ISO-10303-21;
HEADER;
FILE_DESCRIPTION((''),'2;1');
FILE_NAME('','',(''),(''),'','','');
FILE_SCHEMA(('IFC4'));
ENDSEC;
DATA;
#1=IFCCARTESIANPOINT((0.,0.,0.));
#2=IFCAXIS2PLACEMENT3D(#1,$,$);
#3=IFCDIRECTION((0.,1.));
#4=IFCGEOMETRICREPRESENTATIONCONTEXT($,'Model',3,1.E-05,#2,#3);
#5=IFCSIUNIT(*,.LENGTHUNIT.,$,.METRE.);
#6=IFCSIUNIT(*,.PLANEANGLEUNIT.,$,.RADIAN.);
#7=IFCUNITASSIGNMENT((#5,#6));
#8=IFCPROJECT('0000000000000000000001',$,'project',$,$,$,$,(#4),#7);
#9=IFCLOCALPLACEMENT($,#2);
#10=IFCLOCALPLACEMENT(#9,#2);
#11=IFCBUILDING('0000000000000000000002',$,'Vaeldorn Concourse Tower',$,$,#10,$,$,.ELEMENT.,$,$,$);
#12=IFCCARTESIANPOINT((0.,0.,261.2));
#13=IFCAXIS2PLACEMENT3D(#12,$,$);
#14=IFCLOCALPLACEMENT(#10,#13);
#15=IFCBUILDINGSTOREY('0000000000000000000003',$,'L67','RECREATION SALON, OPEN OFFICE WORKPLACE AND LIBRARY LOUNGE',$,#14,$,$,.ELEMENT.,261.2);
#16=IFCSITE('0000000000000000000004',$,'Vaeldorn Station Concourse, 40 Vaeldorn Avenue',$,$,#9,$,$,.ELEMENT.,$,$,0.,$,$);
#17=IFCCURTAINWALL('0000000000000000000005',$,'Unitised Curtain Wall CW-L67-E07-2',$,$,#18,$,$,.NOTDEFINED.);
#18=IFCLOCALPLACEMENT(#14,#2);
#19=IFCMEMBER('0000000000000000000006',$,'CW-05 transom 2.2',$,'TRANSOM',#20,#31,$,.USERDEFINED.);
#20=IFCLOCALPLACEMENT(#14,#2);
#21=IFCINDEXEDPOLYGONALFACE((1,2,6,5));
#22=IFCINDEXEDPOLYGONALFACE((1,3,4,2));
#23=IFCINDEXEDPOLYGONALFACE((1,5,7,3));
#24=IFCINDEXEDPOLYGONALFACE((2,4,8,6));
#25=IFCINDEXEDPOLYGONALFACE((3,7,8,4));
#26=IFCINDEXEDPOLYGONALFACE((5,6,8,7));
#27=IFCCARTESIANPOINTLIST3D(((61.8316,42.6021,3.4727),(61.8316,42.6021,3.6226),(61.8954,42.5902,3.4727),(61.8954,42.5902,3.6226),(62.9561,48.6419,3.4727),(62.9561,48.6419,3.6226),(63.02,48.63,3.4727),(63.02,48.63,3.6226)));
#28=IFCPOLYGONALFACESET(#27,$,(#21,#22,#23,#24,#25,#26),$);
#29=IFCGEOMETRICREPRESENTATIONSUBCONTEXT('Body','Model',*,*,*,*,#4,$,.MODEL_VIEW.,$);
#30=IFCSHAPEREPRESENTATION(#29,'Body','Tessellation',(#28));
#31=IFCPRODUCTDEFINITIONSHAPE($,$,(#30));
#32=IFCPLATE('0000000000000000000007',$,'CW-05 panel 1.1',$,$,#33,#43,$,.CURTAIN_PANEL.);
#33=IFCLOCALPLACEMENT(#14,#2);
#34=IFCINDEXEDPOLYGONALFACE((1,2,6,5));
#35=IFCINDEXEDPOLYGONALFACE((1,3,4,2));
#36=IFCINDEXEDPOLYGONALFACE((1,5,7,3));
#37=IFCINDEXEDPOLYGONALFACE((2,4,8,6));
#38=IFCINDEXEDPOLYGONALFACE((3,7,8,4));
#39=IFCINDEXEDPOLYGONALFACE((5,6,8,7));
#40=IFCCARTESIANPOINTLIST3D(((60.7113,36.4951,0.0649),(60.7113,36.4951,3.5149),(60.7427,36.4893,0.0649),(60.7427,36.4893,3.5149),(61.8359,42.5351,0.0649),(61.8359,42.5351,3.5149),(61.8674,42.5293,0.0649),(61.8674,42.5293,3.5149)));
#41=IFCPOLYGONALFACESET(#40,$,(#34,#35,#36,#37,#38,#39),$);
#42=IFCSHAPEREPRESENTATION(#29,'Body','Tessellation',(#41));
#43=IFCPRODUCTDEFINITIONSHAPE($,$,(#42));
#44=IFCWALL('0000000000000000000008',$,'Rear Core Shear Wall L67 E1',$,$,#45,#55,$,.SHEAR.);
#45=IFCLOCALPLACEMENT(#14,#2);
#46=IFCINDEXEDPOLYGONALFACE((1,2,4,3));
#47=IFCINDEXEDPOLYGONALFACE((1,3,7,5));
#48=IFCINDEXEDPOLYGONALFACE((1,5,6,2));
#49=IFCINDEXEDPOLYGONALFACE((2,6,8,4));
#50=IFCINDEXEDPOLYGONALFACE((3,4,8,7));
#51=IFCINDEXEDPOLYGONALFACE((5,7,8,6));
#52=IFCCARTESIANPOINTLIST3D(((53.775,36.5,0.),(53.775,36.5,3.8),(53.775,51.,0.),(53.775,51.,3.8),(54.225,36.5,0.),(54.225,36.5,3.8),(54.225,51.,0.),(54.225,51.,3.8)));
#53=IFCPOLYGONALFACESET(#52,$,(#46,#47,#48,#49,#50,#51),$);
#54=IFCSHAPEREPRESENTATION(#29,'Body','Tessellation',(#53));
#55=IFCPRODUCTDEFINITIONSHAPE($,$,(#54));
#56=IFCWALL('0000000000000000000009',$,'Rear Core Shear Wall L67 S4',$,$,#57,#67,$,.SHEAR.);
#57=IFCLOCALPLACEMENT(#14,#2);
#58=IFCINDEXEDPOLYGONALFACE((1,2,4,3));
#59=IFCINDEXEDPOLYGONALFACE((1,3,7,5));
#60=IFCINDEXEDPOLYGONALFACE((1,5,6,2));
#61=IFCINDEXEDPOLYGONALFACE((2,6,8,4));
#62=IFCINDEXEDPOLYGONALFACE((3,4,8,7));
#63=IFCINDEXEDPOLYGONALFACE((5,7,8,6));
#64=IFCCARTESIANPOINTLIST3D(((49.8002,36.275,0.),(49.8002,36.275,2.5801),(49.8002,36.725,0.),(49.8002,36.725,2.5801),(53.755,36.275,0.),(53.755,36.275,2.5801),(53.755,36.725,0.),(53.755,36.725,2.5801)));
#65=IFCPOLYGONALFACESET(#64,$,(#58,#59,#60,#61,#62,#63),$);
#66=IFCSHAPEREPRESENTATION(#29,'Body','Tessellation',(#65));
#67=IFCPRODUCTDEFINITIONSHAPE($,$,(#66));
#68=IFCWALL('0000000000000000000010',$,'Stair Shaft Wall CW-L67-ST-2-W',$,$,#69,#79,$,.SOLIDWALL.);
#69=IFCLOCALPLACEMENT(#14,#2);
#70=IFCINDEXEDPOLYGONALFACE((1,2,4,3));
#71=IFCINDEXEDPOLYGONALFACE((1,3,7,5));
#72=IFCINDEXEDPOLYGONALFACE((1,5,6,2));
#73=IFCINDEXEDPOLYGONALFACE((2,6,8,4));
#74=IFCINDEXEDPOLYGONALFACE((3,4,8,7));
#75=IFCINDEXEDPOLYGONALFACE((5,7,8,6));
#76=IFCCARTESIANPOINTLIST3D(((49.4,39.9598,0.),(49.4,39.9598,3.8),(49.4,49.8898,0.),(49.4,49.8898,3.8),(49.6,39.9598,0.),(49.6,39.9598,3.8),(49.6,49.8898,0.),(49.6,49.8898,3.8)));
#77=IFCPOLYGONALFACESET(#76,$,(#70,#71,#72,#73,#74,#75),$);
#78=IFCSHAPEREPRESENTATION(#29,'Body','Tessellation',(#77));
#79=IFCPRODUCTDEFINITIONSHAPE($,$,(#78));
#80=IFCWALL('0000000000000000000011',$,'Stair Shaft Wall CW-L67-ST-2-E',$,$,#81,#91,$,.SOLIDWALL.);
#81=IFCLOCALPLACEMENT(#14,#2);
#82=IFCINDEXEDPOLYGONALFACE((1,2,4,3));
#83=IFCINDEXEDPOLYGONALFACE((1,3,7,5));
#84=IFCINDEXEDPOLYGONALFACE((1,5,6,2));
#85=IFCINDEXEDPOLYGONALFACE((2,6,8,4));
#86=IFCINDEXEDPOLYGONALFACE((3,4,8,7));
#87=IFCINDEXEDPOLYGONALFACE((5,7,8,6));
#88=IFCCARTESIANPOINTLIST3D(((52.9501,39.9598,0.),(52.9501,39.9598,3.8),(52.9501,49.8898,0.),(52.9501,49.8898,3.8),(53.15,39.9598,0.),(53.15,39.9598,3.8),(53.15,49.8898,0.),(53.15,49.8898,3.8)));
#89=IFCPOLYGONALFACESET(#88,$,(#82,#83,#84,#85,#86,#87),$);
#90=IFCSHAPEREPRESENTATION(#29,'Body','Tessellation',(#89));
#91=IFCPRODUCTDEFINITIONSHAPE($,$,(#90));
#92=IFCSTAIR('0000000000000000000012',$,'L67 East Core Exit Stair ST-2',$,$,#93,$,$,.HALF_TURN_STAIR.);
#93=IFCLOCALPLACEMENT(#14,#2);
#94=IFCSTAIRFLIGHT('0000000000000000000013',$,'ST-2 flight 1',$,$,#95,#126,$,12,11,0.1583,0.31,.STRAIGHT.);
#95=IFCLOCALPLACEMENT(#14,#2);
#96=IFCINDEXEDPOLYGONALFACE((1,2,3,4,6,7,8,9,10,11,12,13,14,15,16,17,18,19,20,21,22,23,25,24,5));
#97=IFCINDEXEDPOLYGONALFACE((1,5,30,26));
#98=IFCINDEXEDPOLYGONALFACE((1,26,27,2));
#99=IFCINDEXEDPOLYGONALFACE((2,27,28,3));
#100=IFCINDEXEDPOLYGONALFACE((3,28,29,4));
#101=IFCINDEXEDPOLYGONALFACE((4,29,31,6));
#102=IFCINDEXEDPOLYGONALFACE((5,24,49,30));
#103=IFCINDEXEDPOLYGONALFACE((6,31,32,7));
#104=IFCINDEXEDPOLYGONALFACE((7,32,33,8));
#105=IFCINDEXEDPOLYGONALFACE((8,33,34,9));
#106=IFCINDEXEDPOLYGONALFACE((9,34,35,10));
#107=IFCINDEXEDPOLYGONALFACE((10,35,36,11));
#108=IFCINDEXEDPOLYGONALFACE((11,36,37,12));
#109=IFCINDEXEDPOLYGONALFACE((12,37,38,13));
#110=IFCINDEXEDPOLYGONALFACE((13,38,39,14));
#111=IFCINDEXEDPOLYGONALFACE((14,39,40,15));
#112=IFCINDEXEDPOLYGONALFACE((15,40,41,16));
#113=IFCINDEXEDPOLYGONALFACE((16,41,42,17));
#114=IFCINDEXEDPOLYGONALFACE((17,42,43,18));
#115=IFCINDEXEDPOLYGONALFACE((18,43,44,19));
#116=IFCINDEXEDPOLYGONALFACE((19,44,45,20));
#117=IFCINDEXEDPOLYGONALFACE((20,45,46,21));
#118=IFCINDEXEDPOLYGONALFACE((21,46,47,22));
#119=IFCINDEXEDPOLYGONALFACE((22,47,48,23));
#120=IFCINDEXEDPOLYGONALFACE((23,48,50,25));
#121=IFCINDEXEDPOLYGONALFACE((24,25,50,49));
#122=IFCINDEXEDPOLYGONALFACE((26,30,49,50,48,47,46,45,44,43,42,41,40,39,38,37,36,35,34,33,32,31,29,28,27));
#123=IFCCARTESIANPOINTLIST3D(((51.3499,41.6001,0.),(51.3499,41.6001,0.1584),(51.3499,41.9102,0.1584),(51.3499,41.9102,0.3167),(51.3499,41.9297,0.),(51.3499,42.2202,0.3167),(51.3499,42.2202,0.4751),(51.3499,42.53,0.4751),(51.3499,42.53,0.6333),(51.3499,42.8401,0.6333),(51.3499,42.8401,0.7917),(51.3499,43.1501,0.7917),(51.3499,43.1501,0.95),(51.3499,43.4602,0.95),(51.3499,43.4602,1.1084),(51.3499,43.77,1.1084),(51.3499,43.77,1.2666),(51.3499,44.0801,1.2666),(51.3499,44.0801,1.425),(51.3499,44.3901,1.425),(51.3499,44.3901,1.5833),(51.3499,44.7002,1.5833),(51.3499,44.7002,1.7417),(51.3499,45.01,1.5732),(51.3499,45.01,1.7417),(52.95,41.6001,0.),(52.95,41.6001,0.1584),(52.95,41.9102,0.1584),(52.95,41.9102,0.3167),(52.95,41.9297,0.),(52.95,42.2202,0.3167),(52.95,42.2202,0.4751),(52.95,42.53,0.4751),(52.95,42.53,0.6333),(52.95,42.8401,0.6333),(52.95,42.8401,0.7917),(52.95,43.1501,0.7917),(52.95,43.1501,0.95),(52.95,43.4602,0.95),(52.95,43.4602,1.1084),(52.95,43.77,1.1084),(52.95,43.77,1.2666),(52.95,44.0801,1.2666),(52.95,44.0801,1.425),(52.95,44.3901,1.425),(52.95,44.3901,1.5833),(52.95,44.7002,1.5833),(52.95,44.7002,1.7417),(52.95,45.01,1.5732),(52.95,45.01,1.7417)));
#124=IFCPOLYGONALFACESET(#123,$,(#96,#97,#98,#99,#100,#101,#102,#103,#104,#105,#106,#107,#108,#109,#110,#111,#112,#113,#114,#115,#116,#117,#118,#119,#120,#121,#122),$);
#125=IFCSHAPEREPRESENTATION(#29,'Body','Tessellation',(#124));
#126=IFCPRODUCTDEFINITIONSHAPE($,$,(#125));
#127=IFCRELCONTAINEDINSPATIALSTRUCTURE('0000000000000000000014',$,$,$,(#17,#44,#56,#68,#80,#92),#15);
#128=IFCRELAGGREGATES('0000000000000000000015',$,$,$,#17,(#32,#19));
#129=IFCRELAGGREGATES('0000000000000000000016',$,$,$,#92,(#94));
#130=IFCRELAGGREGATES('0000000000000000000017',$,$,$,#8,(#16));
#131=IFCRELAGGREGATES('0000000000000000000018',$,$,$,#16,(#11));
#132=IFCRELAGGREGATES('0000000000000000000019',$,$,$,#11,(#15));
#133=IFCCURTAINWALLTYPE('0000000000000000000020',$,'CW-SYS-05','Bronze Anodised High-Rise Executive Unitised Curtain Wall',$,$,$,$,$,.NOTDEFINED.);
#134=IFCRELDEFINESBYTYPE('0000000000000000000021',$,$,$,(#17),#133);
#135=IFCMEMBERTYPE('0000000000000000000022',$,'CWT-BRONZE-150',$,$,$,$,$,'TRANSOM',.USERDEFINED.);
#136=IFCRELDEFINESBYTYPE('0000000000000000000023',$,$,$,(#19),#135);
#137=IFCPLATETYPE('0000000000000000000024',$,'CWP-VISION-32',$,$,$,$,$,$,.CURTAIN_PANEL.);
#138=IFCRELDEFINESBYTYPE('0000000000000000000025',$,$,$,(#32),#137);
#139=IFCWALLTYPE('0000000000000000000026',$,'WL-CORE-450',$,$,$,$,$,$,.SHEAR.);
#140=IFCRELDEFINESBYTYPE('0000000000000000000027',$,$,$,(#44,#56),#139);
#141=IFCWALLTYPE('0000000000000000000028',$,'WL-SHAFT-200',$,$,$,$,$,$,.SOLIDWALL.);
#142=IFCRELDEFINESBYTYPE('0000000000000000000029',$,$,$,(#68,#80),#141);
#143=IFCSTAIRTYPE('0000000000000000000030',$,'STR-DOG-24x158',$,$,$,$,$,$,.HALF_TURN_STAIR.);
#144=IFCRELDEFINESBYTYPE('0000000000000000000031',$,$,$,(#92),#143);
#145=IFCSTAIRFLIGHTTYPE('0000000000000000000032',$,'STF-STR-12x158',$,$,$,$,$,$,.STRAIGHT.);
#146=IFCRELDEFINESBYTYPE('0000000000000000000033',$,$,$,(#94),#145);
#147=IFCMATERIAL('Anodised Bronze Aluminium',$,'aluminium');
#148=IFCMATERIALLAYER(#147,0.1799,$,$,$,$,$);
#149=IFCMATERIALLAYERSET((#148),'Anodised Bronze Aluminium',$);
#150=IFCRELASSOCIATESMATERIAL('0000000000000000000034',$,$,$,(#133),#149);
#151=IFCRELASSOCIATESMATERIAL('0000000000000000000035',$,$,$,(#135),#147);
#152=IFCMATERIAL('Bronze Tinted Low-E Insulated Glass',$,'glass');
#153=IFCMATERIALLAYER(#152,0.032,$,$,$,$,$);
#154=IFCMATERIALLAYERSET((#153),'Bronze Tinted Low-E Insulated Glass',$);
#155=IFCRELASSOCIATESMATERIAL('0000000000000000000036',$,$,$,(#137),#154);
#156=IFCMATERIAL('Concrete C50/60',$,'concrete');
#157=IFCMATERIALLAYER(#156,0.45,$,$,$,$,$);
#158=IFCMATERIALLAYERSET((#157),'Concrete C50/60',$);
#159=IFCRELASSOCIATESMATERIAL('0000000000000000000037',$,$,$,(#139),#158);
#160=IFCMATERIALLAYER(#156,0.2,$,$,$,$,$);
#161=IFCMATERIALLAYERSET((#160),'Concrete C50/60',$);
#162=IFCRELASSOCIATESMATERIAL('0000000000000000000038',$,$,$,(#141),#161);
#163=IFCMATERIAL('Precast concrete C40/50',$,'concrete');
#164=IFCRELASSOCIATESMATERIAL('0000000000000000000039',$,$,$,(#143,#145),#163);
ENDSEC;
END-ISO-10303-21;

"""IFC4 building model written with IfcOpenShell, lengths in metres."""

from ifc_helpers import new_model, si_unit, direction, frame, frame_2d, origin, origin_2d, place, context, subcontext, project, spatial, polyline, rectangle, outline, extrude, source, transform, mapped, material, layer, layer_set, material_profile, profile_set, type_object, element, aggregate, save


model = new_model("IFC4")

# Units and contexts
model_context = context("Model", 3, precision=1e-05, world=origin(), true_north=direction((0.0, 1.0)))
body_context = subcontext(model_context, "Body", "Model", "MODEL_VIEW")
ifc_project = project(units=[si_unit("LENGTHUNIT", "METRE"), si_unit("PLANEANGLEUNIT", "RADIAN")], contexts=[model_context])

# Site, building, storey
site_placement = place(None, origin())
site = spatial("IfcSite", under=ifc_project, at=site_placement, Name="Vaeldorn Station Concourse, 40 Vaeldorn Avenue", CompositionType="ELEMENT", RefElevation=0.0)
building_placement = place(site_placement, origin())
building = spatial("IfcBuilding", under=site, at=building_placement, Name="Vaeldorn Concourse Tower", CompositionType="ELEMENT")
storey_placement = place(building_placement, frame((0.0, 0.0, 261.2)))
storey = spatial("IfcBuildingStorey", under=building, at=storey_placement, Name="L67", Description="RECREATION SALON, OPEN OFFICE WORKPLACE AND LIBRARY LOUNGE", CompositionType="ELEMENT", Elevation=261.2)

# Shared definitions
ifc_material_1 = material(Name="Concrete C50/60", Category="concrete")

# Curtain wall, member, plate
ifc_material_2 = material(Name="Anodised Bronze Aluminium", Category="aluminium")
ifc_layer_1 = layer(ifc_material_2, 0.1799)
ifc_layer_set_1 = layer_set([ifc_layer_1], Name="Anodised Bronze Aluminium")
curtain_wall_type = type_object("IfcCurtainWallType", Name="CW-SYS-05", Description="Bronze Anodised High-Rise Executive Unitised Curtain Wall", PredefinedType="NOTDEFINED", material=ifc_layer_set_1)
curtain_wall_placement = place(storey_placement, origin())
curtain_wall = element("IfcCurtainWall", 1, at=curtain_wall_placement, inside=storey, type_object=curtain_wall_type, Name="Unitised Curtain Wall CW-L67-E07-2", PredefinedType="NOTDEFINED")
ifc_material_profile_1 = material_profile(ifc_material_2, rectangle(XDim=0.0649, YDim=0.1499, at=origin_2d()), Name="CWT 65x150")
ifc_profile_set_1 = profile_set([ifc_material_profile_1], Name="Anodised Bronze Aluminium")
member_type_1 = type_object("IfcMemberType", Name="CWT-BRONZE-150", ElementType="TRANSOM", PredefinedType="USERDEFINED", material=ifc_profile_set_1)
shared_shape_1 = source(origin(), body_context, "Body", "SweptSolid", [
    extrude(rectangle(XDim=0.0649, YDim=0.1499, at=origin_2d()), origin(), (0.0, 0.0, 1.0), 6.1436),
])
member_1_placement = place(storey_placement, frame((61.8635, 42.5962, 3.5476), z_axis=(0.183038, 0.983106, 0.0), x_axis=(-0.983106, 0.183038, 0.0)))
member_1 = element("IfcMember", 2, at=member_1_placement, type_object=member_type_1, Name="CW-05 transom 2.2", ObjectType="TRANSOM", PredefinedType="USERDEFINED", context=body_context, shape_type="MappedRepresentation", body=[
    mapped(shared_shape_1, transform((0.0, 0.0, 0.0), scale=1.0)),
])
ifc_material_3 = material(Name="Bronze Tinted Low-E Insulated Glass", Category="glass")
ifc_layer_2 = layer(ifc_material_3, 0.032)
ifc_layer_set_2 = layer_set([ifc_layer_2], Name="Bronze Tinted Low-E Insulated Glass")
plate_type = type_object("IfcPlateType", Name="CWP-VISION-32", PredefinedType="CURTAIN_PANEL", material=ifc_layer_set_2)
shared_shape_2 = source(origin(), body_context, "Body", "SweptSolid", [
    extrude(rectangle(XDim=6.1438, YDim=0.032, at=origin_2d()), origin(), (0.0, 0.0, 1.0), 3.45),
])
plate_placement = place(storey_placement, frame((61.2893, 39.5122, 0.0649), z_axis=(0.0, 0.0, 1.0), x_axis=(0.183054, 0.983103, 0.0)))
plate = element("IfcPlate", 3, at=plate_placement, type_object=plate_type, Name="CW-05 panel 1.1", PredefinedType="CURTAIN_PANEL", context=body_context, shape_type="MappedRepresentation", body=[
    mapped(shared_shape_2, transform((0.0, 0.0, 0.0), scale=1.0)),
])
aggregate(curtain_wall, [plate, member_1])

# Walls
ifc_layer_3 = layer(ifc_material_1, 0.45)
ifc_layer_set_3 = layer_set([ifc_layer_3], Name="Concrete C50/60")
wall_type_1 = type_object("IfcWallType", Name="WL-CORE-450", PredefinedType="SHEAR", material=ifc_layer_set_3)
wall_1_placement = place(storey_placement, frame((54.0, 36.5, 0.0), z_axis=(0.0, 0.0, 1.0), x_axis=(0.0, 1.0, 0.0)))
element("IfcWall", 4, at=wall_1_placement, inside=storey, type_object=wall_type_1, Name="Rear Core Shear Wall L67 E1", PredefinedType="SHEAR", context=body_context, shape_type="SweptSolid", body=[
    extrude(rectangle(XDim=14.5, YDim=0.45, at=frame_2d((7.25, 0.0))), origin(), (0.0, 0.0, 1.0), 3.8),
])
wall_2_placement = place(storey_placement, frame((49.8, 36.5, 0.0), z_axis=(0.0, 0.0, 1.0), x_axis=(1.0, 0.0, 0.0)))
element("IfcWall", 5, at=wall_2_placement, inside=storey, type_object=wall_type_1, Name="Rear Core Shear Wall L67 S4", PredefinedType="SHEAR", context=body_context, shape_type="SweptSolid", body=[
    extrude(rectangle(XDim=3.9548, YDim=0.45, at=frame_2d((1.9775, 0.0))), origin(), (0.0, 0.0, 1.0), 2.5801),
])
ifc_layer_4 = layer(ifc_material_1, 0.2)
ifc_layer_set_4 = layer_set([ifc_layer_4], Name="Concrete C50/60")
wall_type_2 = type_object("IfcWallType", Name="WL-SHAFT-200", PredefinedType="SOLIDWALL", material=ifc_layer_set_4)
for number, where, z_axis, x_axis, name in (
    (6, (49.5, 39.96, 0.0), (0.0, 0.0, 1.0), (0.0, 1.0, 0.0), "Stair Shaft Wall CW-L67-ST-2-W"),
    (7, (53.05, 39.96, 0.0), (0.0, 0.0, 1.0), (0.0, 1.0, 0.0), "Stair Shaft Wall CW-L67-ST-2-E"),
):
    element("IfcWall", number, at=place(storey_placement, frame(where, z_axis=z_axis, x_axis=x_axis)), inside=storey, type_object=wall_type_2, Name=name, PredefinedType="SOLIDWALL", context=body_context, shape_type="SweptSolid", body=[
        extrude(rectangle(XDim=9.9299, YDim=0.2, at=frame_2d((4.9648, 0.0))), origin(), (0.0, 0.0, 1.0), 3.8),
    ])

# Stair, stair flight
ifc_material_4 = material(Name="Precast concrete C40/50", Category="concrete")
stair_type = type_object("IfcStairType", Name="STR-DOG-24x158", PredefinedType="HALF_TURN_STAIR", material=ifc_material_4)
stair_placement = place(storey_placement, origin())
stair = element("IfcStair", 8, at=stair_placement, inside=storey, type_object=stair_type, Name="L67 East Core Exit Stair ST-2", PredefinedType="HALF_TURN_STAIR")
stair_flight_type = type_object("IfcStairFlightType", Name="STF-STR-12x158", PredefinedType="STRAIGHT", material=ifc_material_4)
stair_flight_placement = place(storey_placement, frame((52.1499, 41.6001, 0.0), z_axis=(0.0, 0.0, 1.0), x_axis=(0.0, 1.0, 0.0)))
stair_flight = element("IfcStairFlight", 9, at=stair_flight_placement, type_object=stair_flight_type, Name="ST-2 flight 1", NumberOfRisers=12, NumberOfTreads=11, PredefinedType="STRAIGHT", RiserHeight=0.1583, TreadLength=0.31, context=body_context, shape_type="SweptSolid", body=[
    extrude(outline(polyline([(0.0, 0.0), (0.0, 0.1584), (0.3101, 0.1584), (0.3101, 0.3167), (0.6201, 0.3167), (0.6201, 0.4751), (0.9299, 0.4751), (0.9299, 0.6333), (1.24, 0.6333), (1.24, 0.7917), (1.55, 0.7917), (1.55, 0.95), (1.8601, 0.95), (1.8601, 1.1084), (2.1699, 1.1084), (2.1699, 1.2666), (2.48, 1.2666), (2.48, 1.425), (2.79, 1.425), (2.79, 1.5833), (3.1001, 1.5833), (3.1001, 1.7417), (3.4099, 1.7417), (3.4099, 1.8999), (3.4099, 1.5732), (0.3296, 0.0), (0.0, 0.0)])), frame((0.0, 0.8, 0.0), z_axis=(0.0, -1.0, 0.0), x_axis=(1.0, 0.0, 0.0)), (0.0, 0.0, 1.0), 1.6001),
])
aggregate(stair, [stair_flight])

save(model, "model.ifc")
